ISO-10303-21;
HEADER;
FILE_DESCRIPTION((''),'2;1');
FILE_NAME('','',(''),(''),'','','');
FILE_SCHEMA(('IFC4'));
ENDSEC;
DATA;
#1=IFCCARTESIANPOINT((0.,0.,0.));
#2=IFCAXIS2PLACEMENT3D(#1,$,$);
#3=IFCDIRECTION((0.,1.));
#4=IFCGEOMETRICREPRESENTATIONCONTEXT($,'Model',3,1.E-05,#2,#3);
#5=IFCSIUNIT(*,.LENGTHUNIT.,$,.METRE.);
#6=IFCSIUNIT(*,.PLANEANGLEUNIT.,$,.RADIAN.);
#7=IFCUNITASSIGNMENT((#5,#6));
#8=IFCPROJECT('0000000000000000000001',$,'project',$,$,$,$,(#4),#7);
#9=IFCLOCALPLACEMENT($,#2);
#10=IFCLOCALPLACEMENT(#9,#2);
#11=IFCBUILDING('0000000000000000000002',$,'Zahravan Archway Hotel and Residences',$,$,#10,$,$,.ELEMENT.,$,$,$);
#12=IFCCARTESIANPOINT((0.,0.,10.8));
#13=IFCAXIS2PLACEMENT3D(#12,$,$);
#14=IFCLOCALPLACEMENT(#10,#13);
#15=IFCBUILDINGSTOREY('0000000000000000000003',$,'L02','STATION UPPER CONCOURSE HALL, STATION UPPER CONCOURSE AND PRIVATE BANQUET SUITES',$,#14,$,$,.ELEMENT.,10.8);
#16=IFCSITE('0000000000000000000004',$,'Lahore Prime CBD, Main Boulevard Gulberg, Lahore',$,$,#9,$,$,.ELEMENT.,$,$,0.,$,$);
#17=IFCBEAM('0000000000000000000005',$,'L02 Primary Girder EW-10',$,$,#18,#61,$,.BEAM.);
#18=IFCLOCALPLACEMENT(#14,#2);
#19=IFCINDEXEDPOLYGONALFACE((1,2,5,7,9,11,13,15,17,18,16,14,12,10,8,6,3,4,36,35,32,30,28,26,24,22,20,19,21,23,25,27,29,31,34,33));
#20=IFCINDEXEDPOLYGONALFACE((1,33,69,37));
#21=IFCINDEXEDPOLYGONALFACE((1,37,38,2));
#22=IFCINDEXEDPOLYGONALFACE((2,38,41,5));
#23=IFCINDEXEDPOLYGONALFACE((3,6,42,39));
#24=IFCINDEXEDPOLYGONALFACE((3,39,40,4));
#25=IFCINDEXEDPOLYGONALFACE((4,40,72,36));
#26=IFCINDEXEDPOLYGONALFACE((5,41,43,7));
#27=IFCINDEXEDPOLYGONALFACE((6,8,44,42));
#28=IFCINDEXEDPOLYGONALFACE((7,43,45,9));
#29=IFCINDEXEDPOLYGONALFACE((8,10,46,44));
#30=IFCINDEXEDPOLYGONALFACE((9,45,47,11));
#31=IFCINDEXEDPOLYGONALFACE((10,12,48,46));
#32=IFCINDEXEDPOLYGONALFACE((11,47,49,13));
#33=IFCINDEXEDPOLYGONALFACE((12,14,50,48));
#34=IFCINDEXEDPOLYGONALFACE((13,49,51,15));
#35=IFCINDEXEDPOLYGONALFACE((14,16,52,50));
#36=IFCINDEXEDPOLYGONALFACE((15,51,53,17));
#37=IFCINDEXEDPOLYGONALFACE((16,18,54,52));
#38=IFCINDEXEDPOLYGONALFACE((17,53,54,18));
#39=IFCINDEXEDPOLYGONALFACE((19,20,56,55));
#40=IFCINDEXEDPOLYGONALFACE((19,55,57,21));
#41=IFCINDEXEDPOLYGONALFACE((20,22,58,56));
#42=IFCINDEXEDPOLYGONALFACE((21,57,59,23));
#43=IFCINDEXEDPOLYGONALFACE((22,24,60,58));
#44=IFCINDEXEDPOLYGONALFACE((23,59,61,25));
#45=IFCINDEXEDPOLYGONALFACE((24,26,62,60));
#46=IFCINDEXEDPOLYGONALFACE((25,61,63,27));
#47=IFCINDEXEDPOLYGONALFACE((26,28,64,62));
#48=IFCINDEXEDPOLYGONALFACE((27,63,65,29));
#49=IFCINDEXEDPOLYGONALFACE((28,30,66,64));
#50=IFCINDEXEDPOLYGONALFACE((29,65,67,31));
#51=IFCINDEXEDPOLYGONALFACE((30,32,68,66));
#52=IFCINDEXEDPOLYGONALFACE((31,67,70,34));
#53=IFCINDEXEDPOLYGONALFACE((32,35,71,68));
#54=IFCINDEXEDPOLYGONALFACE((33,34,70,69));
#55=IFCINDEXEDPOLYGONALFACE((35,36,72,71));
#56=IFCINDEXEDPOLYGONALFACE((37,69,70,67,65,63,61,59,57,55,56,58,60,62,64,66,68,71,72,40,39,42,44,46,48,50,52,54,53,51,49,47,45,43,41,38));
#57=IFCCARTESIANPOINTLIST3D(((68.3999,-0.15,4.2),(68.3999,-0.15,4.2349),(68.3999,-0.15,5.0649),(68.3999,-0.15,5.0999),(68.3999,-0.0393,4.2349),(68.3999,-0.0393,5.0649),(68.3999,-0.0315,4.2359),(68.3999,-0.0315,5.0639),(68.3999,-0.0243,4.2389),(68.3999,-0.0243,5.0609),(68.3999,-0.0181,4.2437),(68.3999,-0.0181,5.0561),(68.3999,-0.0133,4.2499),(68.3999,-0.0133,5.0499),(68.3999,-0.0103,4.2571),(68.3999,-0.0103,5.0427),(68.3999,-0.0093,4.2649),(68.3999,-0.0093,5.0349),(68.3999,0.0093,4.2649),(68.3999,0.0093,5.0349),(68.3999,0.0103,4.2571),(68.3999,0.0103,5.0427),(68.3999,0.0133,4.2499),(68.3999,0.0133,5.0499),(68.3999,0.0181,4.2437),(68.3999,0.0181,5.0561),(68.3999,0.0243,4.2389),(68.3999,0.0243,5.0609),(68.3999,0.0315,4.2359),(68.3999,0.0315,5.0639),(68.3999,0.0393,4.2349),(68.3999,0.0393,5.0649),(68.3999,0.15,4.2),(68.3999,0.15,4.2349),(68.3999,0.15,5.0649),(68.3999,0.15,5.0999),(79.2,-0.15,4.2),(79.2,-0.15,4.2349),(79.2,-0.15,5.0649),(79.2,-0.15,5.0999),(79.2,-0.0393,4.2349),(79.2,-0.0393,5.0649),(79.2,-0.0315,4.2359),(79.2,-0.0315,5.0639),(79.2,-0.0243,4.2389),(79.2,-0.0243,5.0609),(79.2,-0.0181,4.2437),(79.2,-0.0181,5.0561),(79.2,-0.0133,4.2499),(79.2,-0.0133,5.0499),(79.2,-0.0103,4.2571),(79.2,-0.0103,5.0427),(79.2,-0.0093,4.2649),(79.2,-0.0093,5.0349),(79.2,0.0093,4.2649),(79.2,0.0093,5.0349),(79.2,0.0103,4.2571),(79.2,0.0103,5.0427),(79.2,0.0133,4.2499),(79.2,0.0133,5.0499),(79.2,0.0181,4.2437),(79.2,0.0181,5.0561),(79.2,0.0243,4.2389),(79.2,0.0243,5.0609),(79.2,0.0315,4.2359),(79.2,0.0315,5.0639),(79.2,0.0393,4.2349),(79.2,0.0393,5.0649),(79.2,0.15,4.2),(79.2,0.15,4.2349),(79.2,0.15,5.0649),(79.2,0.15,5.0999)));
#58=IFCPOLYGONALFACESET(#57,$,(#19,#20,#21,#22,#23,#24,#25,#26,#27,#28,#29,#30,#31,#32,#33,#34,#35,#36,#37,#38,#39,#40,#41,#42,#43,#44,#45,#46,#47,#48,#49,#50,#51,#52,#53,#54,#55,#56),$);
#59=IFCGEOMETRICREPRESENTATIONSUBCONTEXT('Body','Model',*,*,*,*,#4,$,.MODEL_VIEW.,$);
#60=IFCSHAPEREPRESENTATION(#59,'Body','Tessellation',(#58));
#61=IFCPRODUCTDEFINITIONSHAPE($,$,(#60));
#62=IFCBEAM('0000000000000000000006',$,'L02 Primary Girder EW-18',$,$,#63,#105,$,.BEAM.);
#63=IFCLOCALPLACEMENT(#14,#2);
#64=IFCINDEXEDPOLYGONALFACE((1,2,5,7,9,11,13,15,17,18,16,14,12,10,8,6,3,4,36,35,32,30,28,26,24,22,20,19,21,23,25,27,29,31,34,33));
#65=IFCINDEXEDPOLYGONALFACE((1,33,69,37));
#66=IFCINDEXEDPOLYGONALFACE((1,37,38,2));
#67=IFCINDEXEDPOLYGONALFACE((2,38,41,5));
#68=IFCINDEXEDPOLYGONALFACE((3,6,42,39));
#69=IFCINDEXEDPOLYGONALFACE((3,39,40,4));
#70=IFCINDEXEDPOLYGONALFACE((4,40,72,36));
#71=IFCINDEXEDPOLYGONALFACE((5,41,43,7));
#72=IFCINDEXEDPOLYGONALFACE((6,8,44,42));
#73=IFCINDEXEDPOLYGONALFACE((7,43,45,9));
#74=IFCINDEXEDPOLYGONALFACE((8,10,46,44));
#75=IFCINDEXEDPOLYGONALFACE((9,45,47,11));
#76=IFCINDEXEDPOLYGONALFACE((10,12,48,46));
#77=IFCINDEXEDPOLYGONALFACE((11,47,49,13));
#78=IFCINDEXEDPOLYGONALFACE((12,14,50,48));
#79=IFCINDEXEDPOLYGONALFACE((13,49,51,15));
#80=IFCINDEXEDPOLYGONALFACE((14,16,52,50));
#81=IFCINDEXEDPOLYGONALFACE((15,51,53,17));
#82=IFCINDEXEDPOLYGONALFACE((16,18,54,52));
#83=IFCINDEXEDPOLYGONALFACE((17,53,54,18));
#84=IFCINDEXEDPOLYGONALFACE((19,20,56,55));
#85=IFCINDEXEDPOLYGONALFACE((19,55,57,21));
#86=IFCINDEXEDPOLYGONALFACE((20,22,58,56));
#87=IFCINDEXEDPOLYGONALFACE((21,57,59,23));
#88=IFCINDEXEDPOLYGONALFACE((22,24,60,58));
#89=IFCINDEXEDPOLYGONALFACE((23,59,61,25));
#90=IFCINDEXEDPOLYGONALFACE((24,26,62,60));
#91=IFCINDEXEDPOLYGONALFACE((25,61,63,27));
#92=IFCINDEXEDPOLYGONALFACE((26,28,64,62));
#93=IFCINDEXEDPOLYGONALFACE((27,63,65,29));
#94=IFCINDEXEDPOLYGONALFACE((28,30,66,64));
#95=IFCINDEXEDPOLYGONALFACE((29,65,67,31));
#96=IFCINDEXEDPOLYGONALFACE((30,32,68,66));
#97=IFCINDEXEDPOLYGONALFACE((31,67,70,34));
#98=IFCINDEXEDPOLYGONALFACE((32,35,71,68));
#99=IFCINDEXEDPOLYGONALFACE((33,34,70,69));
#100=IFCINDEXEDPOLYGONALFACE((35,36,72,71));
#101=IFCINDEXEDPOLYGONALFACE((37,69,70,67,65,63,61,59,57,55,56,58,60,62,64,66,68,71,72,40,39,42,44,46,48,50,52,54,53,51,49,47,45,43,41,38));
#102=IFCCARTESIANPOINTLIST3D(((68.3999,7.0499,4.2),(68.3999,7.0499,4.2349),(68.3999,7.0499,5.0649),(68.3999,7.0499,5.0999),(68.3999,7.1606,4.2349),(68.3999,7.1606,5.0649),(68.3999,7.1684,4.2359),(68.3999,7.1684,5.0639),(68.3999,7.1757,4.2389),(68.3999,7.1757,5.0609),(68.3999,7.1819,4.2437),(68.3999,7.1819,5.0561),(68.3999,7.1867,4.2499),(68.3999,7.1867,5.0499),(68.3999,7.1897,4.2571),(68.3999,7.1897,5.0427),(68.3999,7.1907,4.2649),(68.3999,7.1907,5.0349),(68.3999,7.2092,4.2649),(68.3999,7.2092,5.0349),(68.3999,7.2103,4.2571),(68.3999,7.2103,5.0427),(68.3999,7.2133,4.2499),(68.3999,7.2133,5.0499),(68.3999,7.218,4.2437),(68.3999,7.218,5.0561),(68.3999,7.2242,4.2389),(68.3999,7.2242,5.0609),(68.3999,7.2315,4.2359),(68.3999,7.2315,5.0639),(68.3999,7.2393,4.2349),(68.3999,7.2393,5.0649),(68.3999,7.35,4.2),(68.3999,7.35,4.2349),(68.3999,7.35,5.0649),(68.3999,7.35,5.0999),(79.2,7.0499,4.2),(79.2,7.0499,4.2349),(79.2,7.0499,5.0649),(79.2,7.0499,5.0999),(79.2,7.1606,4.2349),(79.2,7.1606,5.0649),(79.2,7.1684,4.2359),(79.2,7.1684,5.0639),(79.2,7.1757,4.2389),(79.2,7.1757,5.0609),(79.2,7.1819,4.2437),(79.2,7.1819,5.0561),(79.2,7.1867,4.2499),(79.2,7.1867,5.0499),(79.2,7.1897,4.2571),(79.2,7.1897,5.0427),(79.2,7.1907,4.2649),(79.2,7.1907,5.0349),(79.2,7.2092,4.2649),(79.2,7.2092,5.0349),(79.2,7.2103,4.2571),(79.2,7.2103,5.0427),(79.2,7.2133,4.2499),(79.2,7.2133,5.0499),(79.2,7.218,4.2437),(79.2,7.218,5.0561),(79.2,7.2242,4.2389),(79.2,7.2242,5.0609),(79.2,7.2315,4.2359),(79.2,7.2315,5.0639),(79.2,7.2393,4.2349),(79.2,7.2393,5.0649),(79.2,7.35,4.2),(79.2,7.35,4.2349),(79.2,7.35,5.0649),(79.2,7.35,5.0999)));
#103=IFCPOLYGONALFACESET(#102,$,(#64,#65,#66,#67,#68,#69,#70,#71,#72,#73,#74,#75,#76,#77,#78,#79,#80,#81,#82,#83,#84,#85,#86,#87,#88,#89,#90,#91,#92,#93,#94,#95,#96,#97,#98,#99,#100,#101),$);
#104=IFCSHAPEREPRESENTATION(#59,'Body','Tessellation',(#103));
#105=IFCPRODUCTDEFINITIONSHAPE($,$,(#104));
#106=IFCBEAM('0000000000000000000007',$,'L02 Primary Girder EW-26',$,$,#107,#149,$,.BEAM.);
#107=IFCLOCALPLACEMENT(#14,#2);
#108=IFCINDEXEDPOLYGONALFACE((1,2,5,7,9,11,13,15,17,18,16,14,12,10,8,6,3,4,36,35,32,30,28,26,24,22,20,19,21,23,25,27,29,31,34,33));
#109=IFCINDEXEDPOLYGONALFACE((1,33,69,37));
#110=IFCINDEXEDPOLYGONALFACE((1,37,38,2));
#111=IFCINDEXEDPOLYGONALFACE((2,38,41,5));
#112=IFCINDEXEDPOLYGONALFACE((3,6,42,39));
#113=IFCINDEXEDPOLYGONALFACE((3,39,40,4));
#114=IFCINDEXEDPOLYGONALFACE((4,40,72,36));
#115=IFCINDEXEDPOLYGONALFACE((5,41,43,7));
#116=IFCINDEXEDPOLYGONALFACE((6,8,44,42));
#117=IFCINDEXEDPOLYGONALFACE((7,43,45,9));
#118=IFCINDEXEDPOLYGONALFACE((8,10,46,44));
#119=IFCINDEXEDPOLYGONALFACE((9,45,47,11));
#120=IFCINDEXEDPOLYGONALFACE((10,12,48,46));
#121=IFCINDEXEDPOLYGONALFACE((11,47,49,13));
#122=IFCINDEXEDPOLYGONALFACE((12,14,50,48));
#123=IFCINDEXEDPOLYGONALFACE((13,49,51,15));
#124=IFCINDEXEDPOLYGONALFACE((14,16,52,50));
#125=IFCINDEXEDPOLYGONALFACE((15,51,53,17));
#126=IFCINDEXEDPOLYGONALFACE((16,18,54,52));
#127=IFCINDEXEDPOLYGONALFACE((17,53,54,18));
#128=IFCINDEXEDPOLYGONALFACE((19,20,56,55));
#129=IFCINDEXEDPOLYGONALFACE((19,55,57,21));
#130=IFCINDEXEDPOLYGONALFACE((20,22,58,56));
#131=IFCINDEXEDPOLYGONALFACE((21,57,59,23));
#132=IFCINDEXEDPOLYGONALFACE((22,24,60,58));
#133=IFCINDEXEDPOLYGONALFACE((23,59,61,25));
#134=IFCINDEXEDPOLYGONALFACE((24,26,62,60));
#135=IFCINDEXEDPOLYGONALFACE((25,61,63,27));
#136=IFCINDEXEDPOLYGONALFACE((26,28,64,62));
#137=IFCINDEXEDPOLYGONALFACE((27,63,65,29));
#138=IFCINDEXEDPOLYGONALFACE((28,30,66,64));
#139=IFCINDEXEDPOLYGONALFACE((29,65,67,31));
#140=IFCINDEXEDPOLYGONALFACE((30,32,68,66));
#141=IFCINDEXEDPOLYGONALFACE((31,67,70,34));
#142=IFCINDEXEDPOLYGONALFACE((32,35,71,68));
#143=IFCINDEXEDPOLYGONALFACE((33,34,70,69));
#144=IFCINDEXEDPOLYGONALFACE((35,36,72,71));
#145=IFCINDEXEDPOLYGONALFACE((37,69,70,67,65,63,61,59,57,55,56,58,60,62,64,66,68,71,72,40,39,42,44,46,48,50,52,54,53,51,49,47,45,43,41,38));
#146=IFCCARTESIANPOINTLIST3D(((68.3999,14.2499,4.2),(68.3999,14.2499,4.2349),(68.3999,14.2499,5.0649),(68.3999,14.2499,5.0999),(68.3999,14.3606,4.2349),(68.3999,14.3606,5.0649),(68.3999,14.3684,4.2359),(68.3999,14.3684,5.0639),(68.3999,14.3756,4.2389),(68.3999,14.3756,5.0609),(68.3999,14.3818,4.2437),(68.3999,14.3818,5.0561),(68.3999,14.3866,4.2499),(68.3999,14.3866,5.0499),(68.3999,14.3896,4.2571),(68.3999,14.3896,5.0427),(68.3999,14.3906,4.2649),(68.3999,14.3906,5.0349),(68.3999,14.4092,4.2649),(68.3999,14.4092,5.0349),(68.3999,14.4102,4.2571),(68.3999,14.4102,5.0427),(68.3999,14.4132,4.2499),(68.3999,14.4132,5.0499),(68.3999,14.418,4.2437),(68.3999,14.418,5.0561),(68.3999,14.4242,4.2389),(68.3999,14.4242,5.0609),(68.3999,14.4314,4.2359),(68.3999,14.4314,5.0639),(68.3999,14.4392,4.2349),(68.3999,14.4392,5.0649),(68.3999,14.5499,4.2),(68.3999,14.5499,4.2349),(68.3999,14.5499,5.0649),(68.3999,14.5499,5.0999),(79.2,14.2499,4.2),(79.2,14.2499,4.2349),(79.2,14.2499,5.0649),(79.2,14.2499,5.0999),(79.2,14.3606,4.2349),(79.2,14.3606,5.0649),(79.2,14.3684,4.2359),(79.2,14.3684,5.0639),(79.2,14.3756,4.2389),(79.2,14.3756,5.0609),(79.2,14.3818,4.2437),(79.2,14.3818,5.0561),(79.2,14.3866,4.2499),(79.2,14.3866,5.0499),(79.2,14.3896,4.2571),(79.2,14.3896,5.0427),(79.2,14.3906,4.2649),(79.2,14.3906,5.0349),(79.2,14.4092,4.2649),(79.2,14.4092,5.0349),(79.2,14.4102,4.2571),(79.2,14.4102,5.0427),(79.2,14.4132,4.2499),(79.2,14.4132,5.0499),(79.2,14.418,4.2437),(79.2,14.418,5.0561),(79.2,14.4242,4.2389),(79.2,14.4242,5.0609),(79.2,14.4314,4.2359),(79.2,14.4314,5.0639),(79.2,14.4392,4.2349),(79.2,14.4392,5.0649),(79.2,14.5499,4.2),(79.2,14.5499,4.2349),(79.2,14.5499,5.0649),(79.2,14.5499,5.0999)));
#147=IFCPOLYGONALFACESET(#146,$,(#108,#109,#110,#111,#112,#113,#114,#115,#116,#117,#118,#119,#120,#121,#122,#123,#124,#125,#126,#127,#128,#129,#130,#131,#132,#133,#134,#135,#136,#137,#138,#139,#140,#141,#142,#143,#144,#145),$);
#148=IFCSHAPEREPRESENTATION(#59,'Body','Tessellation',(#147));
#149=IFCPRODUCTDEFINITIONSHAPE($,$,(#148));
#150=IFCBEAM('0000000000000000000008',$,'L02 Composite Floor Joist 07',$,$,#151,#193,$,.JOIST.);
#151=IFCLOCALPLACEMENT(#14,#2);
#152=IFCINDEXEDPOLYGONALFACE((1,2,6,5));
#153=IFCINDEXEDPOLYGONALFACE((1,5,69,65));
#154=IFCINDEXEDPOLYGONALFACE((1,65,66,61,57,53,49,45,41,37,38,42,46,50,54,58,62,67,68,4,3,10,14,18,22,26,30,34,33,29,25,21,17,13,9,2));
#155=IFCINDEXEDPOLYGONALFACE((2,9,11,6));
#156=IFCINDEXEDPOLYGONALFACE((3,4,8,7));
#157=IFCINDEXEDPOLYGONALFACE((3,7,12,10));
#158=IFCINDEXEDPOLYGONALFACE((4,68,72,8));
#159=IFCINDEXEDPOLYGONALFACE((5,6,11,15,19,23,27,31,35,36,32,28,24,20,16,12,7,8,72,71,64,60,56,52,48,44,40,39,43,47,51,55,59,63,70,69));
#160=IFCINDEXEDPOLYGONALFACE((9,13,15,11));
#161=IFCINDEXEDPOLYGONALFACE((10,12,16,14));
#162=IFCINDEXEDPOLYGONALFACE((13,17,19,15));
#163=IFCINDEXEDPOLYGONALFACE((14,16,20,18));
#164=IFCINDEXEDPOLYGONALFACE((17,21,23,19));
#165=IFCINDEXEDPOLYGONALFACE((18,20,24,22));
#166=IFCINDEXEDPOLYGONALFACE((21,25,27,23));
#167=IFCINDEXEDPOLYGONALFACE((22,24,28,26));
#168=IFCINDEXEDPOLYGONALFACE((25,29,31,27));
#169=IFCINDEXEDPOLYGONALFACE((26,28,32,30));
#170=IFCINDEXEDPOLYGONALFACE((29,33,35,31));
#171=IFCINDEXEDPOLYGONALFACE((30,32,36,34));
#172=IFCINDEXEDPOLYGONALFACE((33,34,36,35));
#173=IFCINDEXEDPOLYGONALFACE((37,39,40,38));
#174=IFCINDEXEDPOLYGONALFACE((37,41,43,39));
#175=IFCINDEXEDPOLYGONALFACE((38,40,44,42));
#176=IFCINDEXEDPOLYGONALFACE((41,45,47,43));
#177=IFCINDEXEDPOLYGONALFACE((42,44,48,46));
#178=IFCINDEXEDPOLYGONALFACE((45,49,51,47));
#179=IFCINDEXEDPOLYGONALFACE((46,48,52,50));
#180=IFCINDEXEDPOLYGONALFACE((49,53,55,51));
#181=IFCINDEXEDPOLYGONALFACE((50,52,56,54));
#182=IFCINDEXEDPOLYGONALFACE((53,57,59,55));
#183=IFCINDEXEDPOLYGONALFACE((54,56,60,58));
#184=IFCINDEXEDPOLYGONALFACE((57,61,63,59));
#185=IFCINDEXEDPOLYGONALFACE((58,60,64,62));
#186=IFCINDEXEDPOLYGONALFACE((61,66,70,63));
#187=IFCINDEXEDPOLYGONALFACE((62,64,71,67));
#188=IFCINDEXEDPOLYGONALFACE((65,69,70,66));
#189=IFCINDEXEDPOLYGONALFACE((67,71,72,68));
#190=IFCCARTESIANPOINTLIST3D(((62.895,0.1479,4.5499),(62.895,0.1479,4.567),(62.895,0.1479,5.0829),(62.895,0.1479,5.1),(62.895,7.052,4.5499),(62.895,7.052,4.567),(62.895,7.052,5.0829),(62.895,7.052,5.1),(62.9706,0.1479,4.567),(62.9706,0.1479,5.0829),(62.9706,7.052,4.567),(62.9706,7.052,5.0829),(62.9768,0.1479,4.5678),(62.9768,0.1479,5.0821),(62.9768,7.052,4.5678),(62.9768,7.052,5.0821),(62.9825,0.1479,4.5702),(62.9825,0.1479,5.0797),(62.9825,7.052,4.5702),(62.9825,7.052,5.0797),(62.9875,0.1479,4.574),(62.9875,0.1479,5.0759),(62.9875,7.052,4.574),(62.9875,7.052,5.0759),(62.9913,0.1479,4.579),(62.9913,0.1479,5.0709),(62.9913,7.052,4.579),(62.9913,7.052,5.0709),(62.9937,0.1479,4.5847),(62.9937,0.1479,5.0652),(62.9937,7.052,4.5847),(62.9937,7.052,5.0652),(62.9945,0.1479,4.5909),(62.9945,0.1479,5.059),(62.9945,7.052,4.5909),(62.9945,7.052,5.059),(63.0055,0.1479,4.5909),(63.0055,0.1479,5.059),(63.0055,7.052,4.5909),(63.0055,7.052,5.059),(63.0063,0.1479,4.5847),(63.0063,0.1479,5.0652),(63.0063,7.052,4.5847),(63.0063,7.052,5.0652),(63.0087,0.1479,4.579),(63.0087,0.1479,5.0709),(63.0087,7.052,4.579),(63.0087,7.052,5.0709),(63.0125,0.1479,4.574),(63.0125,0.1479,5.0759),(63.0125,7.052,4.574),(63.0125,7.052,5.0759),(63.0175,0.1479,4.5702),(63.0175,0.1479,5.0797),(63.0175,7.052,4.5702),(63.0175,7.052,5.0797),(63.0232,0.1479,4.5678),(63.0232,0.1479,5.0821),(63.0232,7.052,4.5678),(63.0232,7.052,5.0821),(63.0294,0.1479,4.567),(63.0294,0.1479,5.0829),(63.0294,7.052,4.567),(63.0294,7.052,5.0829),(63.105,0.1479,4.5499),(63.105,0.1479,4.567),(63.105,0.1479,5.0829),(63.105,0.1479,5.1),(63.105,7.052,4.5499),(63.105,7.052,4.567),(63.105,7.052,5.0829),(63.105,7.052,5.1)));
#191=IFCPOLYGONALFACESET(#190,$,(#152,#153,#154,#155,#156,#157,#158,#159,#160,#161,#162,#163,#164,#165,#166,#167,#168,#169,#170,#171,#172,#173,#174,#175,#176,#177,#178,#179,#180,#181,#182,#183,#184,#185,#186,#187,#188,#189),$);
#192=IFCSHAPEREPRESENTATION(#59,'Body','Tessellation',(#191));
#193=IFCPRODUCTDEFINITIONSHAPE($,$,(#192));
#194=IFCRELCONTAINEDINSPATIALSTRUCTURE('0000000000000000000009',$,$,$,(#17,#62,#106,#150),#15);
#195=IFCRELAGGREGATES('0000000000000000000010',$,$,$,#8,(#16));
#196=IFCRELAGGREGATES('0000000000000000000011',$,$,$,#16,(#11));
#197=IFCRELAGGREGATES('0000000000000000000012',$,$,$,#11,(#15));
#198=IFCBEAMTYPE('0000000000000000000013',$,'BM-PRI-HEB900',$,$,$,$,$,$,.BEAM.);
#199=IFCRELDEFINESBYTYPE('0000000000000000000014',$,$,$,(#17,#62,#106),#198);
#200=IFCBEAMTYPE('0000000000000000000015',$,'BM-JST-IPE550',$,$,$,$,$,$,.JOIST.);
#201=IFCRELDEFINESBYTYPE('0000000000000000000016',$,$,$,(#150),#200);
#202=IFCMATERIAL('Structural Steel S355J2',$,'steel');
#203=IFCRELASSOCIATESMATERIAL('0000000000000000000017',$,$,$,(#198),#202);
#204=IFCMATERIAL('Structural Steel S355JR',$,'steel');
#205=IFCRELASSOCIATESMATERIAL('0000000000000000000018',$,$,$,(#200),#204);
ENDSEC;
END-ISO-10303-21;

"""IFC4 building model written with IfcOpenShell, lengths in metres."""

from ifc_helpers import new_model, si_unit, direction, frame, origin, origin_2d, place, context, subcontext, project, spatial, i_section, extrude, source, transform, mapped, material, material_profile, profile_set, type_object, type_shapes, element, save


model = new_model("IFC4")

# Units and contexts
model_context = context("Model", 3, precision=1e-05, world=origin(), true_north=direction((0.0, 1.0)))
body_context = subcontext(model_context, "Body", "Model", "MODEL_VIEW")
ifc_project = project(units=[si_unit("LENGTHUNIT", "METRE"), si_unit("PLANEANGLEUNIT", "RADIAN")], contexts=[model_context])

# Site, building, storey
site_placement = place(None, origin())
site = spatial("IfcSite", under=ifc_project, at=site_placement, Name="Lahore Prime CBD, Main Boulevard Gulberg, Lahore", CompositionType="ELEMENT", RefElevation=0.0)
building_placement = place(site_placement, origin())
building = spatial("IfcBuilding", under=site, at=building_placement, Name="Zahravan Archway Hotel and Residences", CompositionType="ELEMENT")
storey_placement = place(building_placement, frame((0.0, 0.0, 10.8)))
storey = spatial("IfcBuildingStorey", under=building, at=storey_placement, Name="L02", Description="STATION UPPER CONCOURSE HALL, STATION UPPER CONCOURSE AND PRIVATE BANQUET SUITES", CompositionType="ELEMENT", Elevation=10.8)

# Beams
ifc_material_1 = material(Name="Structural Steel S355J2", Category="steel")
ifc_material_profile_1 = material_profile(ifc_material_1, i_section(OverallWidth=0.3, OverallDepth=0.8999, WebThickness=0.0186, FlangeThickness=0.0349, FilletRadius=0.03, at=origin_2d()), Name="HEB 900", Category="steel")
ifc_profile_set_1 = profile_set([ifc_material_profile_1], Name="Structural Steel S355J2")
beam_type_1 = type_object("IfcBeamType", Name="BM-PRI-HEB900", PredefinedType="BEAM", material=ifc_profile_set_1)
shared_shape_1 = source(origin(), body_context, "Body", "SweptSolid", [
    extrude(i_section(OverallWidth=0.3, OverallDepth=0.8999, WebThickness=0.0186, FlangeThickness=0.0349, FilletRadius=0.03, at=origin_2d()), origin(), (0.0, 0.0, 1.0), 10.8),
])
for number, where, z_axis, x_axis, name in (
    (1, (68.3999, 0.0, 4.6499), (1.0, 0.0, 0.0), (0.0, 1.0, 0.0), "L02 Primary Girder EW-10"),
    (2, (68.3999, 7.2, 4.6499), (1.0, 0.0, 0.0), (0.0, 1.0, 0.0), "L02 Primary Girder EW-18"),
    (3, (68.3999, 14.3999, 4.6499), (1.0, 0.0, 0.0), (0.0, 1.0, 0.0), "L02 Primary Girder EW-26"),
):
    element("IfcBeam", number, at=place(storey_placement, frame(where, z_axis=z_axis, x_axis=x_axis)), inside=storey, type_object=beam_type_1, Name=name, PredefinedType="BEAM", context=body_context, shape_type="MappedRepresentation", body=[
        mapped(shared_shape_1, transform((0.0, 0.0, 0.0), scale=1.0)),
    ])
ifc_material_2 = material(Name="Structural Steel S355JR", Category="steel")
ifc_material_profile_2 = material_profile(ifc_material_2, i_section(OverallWidth=0.21, OverallDepth=0.55, WebThickness=0.011, FlangeThickness=0.0171, FilletRadius=0.0239, at=origin_2d()), Name="IPE 550", Category="steel")
ifc_profile_set_2 = profile_set([ifc_material_profile_2], Name="Structural Steel S355JR")
beam_type_2 = type_object("IfcBeamType", Name="BM-JST-IPE550", PredefinedType="JOIST", material=ifc_profile_set_2)
shared_shape_2 = source(origin(), body_context, "Body", "SweptSolid", [
    extrude(i_section(OverallWidth=0.21, OverallDepth=0.55, WebThickness=0.011, FlangeThickness=0.0171, FilletRadius=0.0239, at=origin_2d()), origin(), (0.0, 0.0, 1.0), 6.9041),
])
type_shapes(beam_type_2, [shared_shape_2])
for number, where, z_axis, x_axis, name in (
    (4, (63.0, 0.1479, 4.825), (0.0, 1.0, 0.0), (-1.0, 0.0, 0.0), "L02 Composite Floor Joist 07"),
):
    element("IfcBeam", number, at=place(storey_placement, frame(where, z_axis=z_axis, x_axis=x_axis)), inside=storey, type_object=beam_type_2, Name=name, PredefinedType="JOIST", context=body_context, shape_type="MappedRepresentation", body=[
        mapped(shared_shape_2, transform((0.0, 0.0, 0.0), scale=1.0)),
    ])

save(model, "model.ifc")
